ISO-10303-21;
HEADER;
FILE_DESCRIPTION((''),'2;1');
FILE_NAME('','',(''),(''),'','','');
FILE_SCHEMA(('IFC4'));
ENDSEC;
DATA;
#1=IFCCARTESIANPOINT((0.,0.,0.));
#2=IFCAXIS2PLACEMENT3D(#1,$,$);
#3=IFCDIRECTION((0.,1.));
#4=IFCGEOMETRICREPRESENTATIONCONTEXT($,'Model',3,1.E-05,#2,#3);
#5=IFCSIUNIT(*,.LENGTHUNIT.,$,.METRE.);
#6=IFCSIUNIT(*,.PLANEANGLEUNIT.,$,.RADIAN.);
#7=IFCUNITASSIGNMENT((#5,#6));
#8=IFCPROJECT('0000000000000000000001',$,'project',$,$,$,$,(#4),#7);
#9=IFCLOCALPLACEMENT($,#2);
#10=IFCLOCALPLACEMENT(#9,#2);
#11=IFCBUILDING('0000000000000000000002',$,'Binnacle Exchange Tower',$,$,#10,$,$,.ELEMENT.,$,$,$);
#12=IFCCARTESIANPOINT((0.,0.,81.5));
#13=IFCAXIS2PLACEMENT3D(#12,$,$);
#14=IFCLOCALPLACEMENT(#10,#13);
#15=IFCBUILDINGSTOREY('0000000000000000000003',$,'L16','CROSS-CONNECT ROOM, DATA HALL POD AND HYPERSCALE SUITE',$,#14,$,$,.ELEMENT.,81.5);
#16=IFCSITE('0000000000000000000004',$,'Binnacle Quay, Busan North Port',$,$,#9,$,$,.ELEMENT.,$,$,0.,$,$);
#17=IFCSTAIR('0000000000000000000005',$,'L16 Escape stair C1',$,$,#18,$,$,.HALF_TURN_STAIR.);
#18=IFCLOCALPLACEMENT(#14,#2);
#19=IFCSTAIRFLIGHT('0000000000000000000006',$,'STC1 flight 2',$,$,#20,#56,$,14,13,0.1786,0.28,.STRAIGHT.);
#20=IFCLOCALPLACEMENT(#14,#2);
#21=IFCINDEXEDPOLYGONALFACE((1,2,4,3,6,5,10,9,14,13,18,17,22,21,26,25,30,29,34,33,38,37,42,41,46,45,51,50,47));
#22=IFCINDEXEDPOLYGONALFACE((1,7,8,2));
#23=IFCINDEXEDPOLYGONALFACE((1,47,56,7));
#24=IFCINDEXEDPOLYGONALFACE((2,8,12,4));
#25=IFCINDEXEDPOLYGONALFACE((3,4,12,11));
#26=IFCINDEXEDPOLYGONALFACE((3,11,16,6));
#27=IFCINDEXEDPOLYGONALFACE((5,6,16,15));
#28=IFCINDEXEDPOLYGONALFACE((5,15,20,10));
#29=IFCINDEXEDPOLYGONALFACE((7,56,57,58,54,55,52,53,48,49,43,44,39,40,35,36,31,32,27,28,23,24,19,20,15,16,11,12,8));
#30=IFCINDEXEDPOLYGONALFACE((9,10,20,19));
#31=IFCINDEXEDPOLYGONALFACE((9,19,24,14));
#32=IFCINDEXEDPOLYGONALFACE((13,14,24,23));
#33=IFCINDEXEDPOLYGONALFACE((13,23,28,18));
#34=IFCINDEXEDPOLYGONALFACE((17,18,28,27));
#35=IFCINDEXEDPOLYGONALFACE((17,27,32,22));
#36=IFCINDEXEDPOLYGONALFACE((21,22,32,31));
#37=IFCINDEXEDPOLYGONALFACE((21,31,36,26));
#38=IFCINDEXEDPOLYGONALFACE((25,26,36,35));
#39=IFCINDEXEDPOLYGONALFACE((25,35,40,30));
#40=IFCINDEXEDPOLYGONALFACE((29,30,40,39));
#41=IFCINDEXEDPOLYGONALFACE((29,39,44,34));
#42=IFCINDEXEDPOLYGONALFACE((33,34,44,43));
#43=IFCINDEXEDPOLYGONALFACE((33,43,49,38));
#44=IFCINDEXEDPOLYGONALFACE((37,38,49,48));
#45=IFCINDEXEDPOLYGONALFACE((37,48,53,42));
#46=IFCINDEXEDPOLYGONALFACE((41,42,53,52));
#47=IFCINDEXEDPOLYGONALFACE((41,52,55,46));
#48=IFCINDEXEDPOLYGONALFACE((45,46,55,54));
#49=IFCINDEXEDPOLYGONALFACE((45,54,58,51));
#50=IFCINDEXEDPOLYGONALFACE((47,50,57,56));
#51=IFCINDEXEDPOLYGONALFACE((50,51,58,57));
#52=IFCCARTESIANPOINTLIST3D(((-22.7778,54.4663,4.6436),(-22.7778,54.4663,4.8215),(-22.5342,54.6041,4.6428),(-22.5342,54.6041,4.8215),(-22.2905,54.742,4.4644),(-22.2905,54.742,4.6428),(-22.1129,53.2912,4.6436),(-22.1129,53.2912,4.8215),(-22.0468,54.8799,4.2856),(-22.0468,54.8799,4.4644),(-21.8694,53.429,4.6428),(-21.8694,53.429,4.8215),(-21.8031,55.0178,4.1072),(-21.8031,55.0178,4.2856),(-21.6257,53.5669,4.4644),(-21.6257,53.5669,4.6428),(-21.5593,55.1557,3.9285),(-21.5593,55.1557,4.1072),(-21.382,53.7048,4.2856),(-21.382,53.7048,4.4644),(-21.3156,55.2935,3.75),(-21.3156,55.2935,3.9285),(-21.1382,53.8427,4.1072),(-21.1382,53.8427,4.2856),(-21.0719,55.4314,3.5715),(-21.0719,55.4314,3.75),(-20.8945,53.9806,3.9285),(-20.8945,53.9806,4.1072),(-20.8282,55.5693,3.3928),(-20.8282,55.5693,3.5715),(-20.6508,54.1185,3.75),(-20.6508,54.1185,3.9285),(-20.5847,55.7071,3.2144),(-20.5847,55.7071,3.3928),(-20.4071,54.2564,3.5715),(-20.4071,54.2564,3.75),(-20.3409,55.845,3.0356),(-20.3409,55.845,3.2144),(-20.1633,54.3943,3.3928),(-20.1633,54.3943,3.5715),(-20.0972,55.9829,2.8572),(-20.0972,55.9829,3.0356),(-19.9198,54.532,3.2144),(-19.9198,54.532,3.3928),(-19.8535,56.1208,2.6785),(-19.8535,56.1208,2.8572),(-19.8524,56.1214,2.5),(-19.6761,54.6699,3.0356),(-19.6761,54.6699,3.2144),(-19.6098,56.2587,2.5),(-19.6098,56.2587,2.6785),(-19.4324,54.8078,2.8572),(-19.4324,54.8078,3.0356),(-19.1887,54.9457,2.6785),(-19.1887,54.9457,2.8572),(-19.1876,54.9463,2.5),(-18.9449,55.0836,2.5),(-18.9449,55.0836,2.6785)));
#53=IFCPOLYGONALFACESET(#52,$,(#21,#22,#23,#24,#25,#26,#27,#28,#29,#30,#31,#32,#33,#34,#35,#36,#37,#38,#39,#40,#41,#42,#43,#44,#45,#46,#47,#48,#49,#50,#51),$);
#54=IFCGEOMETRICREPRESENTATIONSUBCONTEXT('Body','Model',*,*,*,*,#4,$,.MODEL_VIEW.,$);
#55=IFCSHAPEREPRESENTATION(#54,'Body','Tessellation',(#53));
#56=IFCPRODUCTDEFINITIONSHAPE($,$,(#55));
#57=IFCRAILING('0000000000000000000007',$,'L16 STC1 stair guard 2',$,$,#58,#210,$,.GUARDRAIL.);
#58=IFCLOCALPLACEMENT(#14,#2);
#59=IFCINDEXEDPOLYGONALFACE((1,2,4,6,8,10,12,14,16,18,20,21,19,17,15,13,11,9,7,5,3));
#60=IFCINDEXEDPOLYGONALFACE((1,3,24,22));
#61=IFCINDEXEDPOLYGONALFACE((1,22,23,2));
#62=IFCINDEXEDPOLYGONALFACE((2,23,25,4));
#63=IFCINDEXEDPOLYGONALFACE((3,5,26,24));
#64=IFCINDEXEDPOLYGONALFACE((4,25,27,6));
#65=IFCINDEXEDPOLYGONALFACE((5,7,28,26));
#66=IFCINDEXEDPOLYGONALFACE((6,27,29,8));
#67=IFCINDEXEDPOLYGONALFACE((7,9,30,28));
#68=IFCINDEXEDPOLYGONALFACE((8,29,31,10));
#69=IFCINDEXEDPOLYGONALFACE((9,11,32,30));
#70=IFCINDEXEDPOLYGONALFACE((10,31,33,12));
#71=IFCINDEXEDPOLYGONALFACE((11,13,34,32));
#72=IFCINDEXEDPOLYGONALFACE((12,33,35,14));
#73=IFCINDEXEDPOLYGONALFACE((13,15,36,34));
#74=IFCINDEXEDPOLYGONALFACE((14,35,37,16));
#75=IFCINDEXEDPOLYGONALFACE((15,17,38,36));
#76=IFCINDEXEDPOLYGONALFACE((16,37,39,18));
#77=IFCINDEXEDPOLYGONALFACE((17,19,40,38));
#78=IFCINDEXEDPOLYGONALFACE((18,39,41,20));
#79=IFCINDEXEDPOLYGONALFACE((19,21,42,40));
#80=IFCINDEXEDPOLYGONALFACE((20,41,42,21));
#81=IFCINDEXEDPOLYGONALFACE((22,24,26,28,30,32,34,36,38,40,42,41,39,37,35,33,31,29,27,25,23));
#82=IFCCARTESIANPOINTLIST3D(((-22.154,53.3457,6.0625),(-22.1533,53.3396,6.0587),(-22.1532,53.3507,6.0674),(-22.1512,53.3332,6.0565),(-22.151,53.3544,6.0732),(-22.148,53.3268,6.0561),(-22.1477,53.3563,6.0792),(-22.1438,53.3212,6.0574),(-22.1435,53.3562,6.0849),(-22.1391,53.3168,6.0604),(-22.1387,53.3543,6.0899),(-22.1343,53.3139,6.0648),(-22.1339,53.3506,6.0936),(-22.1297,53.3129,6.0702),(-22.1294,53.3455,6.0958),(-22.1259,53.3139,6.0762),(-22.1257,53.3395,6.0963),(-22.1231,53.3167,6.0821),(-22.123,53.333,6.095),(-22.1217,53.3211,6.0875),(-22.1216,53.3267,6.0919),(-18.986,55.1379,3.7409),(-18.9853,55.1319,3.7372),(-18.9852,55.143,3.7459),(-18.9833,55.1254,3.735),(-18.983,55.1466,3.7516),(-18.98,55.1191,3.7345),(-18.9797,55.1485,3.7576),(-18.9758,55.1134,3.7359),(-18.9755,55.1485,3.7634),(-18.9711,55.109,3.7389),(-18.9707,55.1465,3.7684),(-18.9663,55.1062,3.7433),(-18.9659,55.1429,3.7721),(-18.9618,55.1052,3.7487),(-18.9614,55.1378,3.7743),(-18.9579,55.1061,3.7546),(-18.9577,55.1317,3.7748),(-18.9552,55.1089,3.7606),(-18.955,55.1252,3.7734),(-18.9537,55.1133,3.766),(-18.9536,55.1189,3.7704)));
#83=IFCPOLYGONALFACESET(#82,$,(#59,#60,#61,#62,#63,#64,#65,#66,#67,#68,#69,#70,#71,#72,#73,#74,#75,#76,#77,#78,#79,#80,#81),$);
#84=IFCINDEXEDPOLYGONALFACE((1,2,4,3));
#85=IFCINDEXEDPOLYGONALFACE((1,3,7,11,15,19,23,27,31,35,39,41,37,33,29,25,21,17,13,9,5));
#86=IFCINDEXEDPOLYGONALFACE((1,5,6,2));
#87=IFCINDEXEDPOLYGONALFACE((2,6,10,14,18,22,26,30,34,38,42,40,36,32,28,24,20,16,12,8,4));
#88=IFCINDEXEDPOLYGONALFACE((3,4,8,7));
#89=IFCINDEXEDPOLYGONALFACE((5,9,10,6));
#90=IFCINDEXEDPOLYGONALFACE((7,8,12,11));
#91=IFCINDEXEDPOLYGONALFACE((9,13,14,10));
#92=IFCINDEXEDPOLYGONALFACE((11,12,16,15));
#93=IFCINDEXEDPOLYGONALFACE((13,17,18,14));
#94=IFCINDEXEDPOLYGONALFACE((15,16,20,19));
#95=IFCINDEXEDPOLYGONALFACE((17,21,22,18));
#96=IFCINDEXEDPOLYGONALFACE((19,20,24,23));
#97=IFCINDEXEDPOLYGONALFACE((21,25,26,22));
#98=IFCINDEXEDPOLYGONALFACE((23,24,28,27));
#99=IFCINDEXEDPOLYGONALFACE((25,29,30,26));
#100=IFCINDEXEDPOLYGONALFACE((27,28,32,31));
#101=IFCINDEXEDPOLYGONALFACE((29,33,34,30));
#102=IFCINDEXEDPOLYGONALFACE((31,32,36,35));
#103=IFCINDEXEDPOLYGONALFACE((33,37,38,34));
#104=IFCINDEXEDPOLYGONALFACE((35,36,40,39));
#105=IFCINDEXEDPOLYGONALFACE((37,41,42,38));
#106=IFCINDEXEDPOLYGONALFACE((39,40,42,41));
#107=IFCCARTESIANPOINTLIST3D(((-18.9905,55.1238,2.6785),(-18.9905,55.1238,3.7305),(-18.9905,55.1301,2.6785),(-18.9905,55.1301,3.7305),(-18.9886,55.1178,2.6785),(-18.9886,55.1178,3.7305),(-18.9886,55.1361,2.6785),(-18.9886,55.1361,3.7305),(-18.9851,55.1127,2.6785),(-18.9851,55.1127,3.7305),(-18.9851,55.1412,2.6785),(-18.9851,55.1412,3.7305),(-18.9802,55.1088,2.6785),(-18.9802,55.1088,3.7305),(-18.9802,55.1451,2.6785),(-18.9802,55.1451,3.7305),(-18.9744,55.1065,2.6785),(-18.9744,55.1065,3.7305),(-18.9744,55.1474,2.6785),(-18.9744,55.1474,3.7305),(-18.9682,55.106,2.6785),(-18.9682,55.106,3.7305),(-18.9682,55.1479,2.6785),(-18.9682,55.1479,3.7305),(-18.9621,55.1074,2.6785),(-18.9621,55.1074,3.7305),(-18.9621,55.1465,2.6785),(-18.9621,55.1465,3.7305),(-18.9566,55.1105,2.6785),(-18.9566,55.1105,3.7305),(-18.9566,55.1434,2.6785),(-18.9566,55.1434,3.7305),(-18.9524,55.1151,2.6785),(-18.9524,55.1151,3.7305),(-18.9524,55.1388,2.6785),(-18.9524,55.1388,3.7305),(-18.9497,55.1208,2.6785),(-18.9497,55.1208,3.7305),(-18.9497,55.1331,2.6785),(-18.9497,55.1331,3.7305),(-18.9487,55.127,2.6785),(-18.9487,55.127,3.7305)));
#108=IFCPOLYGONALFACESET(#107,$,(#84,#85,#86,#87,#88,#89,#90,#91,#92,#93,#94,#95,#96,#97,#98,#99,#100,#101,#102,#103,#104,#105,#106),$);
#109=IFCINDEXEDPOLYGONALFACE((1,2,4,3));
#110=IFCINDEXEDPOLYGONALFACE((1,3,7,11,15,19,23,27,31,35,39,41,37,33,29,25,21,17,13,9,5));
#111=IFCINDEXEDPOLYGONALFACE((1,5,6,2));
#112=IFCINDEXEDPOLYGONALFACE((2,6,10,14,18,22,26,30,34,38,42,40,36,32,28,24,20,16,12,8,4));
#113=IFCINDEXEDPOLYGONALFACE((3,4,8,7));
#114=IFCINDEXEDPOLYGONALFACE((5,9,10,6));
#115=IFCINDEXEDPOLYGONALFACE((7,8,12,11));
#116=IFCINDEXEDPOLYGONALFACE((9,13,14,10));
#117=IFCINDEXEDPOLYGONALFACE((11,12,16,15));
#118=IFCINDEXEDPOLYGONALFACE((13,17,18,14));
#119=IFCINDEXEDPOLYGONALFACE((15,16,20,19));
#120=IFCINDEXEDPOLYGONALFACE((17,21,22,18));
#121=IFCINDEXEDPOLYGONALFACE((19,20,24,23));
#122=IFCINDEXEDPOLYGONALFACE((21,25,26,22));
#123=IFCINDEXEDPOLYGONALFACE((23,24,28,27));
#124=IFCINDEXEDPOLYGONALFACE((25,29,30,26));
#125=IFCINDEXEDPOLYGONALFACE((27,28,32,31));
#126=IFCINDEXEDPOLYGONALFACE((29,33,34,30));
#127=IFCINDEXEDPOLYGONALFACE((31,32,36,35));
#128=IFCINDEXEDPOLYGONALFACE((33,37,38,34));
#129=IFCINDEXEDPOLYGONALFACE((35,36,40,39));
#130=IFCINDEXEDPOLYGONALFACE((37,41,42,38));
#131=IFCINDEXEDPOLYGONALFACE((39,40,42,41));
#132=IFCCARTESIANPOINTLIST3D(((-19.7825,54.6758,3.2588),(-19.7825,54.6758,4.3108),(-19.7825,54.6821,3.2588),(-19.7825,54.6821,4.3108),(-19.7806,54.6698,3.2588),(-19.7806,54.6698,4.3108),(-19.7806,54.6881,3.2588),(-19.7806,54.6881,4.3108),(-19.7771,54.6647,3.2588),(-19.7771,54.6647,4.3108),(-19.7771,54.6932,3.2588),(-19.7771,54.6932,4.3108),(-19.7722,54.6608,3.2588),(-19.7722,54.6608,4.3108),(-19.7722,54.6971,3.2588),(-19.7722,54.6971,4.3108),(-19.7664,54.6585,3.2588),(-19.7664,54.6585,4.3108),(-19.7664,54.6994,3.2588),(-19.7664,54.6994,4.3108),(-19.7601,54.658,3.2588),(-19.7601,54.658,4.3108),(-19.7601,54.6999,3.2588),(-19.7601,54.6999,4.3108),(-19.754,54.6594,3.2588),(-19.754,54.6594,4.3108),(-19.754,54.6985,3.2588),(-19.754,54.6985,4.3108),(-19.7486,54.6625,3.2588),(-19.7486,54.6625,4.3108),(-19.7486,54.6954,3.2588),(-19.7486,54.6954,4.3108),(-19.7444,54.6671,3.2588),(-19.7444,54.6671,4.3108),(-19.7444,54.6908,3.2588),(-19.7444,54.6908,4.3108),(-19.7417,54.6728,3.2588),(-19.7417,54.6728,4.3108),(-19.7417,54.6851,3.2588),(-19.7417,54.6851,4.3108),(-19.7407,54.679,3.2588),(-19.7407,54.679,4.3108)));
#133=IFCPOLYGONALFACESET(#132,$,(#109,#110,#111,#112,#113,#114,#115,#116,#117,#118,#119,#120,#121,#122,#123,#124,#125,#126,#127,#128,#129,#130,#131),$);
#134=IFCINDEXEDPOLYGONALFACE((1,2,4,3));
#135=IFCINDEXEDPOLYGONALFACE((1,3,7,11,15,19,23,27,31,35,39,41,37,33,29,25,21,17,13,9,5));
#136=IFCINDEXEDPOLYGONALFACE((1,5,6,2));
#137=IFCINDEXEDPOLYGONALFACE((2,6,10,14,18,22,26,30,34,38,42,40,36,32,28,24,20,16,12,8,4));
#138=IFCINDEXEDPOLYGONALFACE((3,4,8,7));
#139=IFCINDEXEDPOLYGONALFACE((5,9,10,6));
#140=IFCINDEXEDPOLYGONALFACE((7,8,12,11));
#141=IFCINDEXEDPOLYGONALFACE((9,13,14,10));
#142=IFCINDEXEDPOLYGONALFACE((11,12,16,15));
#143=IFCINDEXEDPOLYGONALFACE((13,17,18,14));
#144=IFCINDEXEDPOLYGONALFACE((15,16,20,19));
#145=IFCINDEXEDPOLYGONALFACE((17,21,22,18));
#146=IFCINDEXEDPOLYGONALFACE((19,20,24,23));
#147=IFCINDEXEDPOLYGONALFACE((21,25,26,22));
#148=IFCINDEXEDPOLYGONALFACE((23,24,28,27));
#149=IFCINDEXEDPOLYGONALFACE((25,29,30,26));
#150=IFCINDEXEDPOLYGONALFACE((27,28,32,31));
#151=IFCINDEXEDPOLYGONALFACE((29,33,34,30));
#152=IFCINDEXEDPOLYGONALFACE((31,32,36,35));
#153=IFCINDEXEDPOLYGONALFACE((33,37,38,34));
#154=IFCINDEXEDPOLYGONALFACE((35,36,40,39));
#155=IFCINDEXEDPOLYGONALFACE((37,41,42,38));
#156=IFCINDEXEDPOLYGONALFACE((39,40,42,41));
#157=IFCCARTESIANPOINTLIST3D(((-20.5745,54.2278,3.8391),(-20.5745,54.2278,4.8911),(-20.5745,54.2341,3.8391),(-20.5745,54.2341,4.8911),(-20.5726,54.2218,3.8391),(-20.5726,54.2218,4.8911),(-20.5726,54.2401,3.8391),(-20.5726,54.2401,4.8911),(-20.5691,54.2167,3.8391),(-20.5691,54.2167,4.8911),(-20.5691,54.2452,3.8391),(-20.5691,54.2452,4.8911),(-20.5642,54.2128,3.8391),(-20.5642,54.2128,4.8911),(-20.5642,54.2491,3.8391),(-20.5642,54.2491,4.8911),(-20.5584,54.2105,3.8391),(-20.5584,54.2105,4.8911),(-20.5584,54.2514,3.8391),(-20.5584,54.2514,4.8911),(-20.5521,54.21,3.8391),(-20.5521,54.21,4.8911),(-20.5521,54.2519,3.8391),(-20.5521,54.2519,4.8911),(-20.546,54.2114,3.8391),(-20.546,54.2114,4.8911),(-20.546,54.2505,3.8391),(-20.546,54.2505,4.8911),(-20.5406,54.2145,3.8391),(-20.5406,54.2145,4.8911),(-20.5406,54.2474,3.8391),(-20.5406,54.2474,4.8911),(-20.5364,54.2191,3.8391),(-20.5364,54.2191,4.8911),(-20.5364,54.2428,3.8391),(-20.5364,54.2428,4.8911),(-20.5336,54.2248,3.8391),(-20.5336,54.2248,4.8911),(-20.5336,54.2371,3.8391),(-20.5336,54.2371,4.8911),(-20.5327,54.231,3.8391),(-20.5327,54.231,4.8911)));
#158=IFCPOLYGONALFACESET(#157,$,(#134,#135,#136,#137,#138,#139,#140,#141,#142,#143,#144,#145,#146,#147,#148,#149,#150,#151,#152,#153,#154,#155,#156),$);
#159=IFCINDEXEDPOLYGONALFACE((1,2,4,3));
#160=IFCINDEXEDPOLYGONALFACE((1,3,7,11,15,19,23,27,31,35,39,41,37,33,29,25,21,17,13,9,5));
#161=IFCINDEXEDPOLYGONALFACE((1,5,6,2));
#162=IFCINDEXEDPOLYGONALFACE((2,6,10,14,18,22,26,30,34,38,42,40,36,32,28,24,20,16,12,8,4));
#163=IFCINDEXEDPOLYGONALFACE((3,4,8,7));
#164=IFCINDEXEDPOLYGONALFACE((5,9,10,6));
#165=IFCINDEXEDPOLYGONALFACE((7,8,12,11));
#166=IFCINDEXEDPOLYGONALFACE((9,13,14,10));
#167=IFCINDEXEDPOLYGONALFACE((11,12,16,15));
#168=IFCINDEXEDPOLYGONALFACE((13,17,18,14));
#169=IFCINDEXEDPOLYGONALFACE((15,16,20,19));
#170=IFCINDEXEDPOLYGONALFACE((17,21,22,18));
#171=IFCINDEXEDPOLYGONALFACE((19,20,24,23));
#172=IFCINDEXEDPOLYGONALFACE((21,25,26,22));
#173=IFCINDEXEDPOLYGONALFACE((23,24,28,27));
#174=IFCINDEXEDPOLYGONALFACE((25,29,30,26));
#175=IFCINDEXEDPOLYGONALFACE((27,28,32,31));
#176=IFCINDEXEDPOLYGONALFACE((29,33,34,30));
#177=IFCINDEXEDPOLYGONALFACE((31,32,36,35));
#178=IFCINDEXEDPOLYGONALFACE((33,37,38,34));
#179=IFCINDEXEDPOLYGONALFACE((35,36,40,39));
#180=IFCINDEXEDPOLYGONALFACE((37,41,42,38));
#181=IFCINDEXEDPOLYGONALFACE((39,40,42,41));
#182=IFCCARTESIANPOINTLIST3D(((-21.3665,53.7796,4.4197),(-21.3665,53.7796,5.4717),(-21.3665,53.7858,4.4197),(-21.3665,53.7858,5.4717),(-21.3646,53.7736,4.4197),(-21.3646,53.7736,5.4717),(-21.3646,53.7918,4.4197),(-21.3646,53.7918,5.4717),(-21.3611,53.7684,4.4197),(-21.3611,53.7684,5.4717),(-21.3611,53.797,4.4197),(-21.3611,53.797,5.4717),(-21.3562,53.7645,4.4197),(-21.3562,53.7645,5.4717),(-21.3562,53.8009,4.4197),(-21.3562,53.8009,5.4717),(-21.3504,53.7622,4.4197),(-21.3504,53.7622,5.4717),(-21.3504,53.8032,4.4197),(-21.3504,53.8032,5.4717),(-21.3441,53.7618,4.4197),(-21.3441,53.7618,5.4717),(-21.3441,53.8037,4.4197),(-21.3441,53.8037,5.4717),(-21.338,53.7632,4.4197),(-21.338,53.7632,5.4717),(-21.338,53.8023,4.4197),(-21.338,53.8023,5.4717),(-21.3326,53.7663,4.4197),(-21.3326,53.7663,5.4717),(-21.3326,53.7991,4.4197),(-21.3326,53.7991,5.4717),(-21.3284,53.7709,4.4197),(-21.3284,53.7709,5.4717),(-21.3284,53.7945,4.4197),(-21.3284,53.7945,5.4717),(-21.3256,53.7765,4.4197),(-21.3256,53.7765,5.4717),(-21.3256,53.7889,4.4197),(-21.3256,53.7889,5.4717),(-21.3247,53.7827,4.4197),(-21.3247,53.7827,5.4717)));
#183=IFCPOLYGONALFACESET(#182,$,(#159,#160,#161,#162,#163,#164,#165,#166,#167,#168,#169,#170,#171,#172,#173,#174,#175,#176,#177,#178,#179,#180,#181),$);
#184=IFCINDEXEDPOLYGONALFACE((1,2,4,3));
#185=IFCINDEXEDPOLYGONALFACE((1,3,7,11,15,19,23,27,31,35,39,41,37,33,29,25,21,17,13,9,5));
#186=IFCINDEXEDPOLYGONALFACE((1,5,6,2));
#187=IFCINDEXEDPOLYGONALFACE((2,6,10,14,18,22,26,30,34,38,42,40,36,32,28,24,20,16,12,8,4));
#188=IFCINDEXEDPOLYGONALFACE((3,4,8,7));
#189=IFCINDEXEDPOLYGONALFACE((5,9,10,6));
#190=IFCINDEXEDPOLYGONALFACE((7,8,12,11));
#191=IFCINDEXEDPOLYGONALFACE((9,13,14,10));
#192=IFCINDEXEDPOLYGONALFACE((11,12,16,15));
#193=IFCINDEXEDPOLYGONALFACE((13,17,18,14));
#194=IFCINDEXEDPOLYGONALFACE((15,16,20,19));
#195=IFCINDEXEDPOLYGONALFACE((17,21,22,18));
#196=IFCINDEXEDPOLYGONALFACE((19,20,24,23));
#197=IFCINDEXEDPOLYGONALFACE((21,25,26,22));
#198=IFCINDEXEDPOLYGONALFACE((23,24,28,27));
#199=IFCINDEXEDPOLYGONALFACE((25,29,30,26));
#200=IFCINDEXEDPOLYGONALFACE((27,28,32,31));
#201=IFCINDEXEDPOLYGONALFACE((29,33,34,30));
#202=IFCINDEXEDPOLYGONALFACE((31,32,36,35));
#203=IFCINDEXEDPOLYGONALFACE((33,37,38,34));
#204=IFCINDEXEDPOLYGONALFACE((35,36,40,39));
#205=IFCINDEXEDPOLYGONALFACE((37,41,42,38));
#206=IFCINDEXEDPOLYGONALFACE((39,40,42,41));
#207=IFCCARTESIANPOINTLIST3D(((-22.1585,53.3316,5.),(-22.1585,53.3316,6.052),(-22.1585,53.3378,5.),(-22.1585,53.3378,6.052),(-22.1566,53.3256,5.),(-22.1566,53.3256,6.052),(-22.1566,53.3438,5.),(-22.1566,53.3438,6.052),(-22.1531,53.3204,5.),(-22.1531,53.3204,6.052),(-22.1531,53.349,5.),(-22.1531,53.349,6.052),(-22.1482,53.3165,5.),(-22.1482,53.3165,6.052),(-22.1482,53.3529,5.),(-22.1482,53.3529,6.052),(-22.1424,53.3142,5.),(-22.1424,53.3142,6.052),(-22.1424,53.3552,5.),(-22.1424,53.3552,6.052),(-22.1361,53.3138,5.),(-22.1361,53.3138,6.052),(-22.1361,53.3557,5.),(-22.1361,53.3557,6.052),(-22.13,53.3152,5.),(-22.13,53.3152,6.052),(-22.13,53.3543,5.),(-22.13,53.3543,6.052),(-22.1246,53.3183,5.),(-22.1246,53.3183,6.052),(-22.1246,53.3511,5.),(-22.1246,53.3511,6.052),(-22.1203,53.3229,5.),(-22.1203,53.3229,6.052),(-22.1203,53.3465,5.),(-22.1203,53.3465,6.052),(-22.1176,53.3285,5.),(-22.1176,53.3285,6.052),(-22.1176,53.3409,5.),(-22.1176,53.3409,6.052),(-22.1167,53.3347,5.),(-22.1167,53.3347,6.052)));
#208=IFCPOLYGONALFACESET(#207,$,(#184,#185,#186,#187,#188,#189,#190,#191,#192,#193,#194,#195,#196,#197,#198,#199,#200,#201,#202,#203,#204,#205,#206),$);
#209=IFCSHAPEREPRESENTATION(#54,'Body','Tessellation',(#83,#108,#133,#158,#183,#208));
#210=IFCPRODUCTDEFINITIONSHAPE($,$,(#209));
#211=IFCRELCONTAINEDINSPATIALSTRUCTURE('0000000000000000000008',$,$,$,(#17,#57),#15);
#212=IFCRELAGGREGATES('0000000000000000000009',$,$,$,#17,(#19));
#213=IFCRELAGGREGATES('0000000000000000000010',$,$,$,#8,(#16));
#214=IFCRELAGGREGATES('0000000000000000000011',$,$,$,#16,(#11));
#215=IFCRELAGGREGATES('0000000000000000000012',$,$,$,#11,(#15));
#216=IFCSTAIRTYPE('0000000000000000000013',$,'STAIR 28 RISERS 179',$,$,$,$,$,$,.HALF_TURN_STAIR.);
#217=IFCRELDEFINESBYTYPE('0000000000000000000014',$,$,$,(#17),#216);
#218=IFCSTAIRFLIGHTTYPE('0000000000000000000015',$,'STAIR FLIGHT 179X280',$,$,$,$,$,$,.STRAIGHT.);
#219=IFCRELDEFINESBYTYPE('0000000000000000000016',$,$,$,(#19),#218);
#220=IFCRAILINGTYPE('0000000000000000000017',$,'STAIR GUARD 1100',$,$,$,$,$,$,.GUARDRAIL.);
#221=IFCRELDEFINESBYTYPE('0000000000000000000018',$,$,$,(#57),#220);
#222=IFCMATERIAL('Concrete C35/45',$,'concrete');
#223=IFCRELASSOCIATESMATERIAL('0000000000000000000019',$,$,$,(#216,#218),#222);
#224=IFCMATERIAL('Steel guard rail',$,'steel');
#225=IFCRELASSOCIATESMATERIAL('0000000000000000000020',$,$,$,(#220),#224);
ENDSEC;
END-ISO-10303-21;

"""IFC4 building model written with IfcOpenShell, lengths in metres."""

from ifc_helpers import new_model, si_unit, direction, frame, origin, origin_2d, place, context, subcontext, project, spatial, polyline, circle, outline, extrude, material, type_object, element, aggregate, save


model = new_model("IFC4")

# Units and contexts
model_context = context("Model", 3, precision=1e-05, world=origin(), true_north=direction((0.0, 1.0)))
body_context = subcontext(model_context, "Body", "Model", "MODEL_VIEW")
ifc_project = project(units=[si_unit("LENGTHUNIT", "METRE"), si_unit("PLANEANGLEUNIT", "RADIAN")], contexts=[model_context])

# Site, building, storey
site_placement = place(None, origin())
site = spatial("IfcSite", under=ifc_project, at=site_placement, Name="Binnacle Quay, Busan North Port", CompositionType="ELEMENT", RefElevation=0.0)
building_placement = place(site_placement, origin())
building = spatial("IfcBuilding", under=site, at=building_placement, Name="Binnacle Exchange Tower", CompositionType="ELEMENT")
storey_placement = place(building_placement, frame((0.0, 0.0, 81.5)))
storey = spatial("IfcBuildingStorey", under=building, at=storey_placement, Name="L16", Description="CROSS-CONNECT ROOM, DATA HALL POD AND HYPERSCALE SUITE", CompositionType="ELEMENT", Elevation=81.5)

# Stair, stair flight
ifc_material_1 = material(Name="Concrete C35/45", Category="concrete")
stair_type = type_object("IfcStairType", Name="STAIR 28 RISERS 179", PredefinedType="HALF_TURN_STAIR", material=ifc_material_1)
stair_placement = place(storey_placement, origin())
stair = element("IfcStair", 1, at=stair_placement, inside=storey, type_object=stair_type, Name="L16 Escape stair C1", PredefinedType="HALF_TURN_STAIR")
stair_flight_type = type_object("IfcStairFlightType", Name="STAIR FLIGHT 179X280", PredefinedType="STRAIGHT", material=ifc_material_1)
stair_flight_1_placement = place(storey_placement, frame((-19.2773, 55.6711, 2.5), z_axis=(0.0, 0.0, 1.0), x_axis=(-0.870356, -0.492424, 0.0)))
stair_flight_1 = element("IfcStairFlight", 2, at=stair_flight_1_placement, type_object=stair_flight_type, Name="STC1 flight 2", NumberOfRisers=14, NumberOfTreads=13, PredefinedType="STRAIGHT", RiserHeight=0.1786, TreadLength=0.28, context=body_context, shape_type="SweptSolid", body=[
    extrude(outline(polyline([(0.0, 0.0), (0.0, 0.1785), (0.28, 0.1785), (0.28, 0.3572), (0.5601, 0.3572), (0.5601, 0.5356), (0.8401, 0.5356), (0.8401, 0.7144), (1.1201, 0.7144), (1.1201, 0.8928), (1.3999, 0.8928), (1.3999, 1.0715), (1.6799, 1.0715), (1.6799, 1.25), (1.96, 1.25), (1.96, 1.4285), (2.24, 1.4285), (2.24, 1.6072), (2.52, 1.6072), (2.52, 1.7856), (2.8, 1.7856), (2.8, 1.9644), (3.0801, 1.9644), (3.0801, 2.1428), (3.3601, 2.1428), (3.3601, 2.3215), (3.6399, 2.3215), (3.6399, 2.5), (3.6399, 2.1436), (0.2788, 0.0), (0.0, 0.0)])), frame((0.0, 0.675, 0.0), z_axis=(0.0, -1.0, 0.0), x_axis=(1.0, 0.0, 0.0)), (0.0, 0.0, 1.0), 1.3501),
])
aggregate(stair, [stair_flight_1])

# Railing
ifc_material_2 = material(Name="Steel guard rail", Category="steel")
railing_type_1 = type_object("IfcRailingType", Name="STAIR GUARD 1100", PredefinedType="GUARDRAIL", material=ifc_material_2)
railing_1_placement = place(storey_placement, frame((-18.9697, 55.127, 2.6785)))
element("IfcRailing", 3, at=railing_1_placement, inside=storey, type_object=railing_type_1, Name="L16 STC1 stair guard 2", PredefinedType="GUARDRAIL", context=body_context, shape_type="SweptSolid", body=[
    extrude(circle(Radius=0.0239, at=origin_2d()), frame((0.0, 0.0, 1.0762), z_axis=(-0.733813, -0.415145, 0.537749), x_axis=(0.4924, -0.870369, 0.0)), (0.0, 0.0, 1.0), 4.3171),
    extrude(circle(Radius=0.021, at=origin_2d()), origin(), (0.0, 0.0, 1.0), 1.052),
    extrude(circle(Radius=0.021, at=origin_2d()), frame((-0.792, -0.448, 0.5803)), (0.0, 0.0, 1.0), 1.052),
    extrude(circle(Radius=0.021, at=origin_2d()), frame((-1.584, -0.896, 1.1606)), (0.0, 0.0, 1.0), 1.052),
    extrude(circle(Radius=0.021, at=origin_2d()), frame((-2.376, -1.3442, 1.7412)), (0.0, 0.0, 1.0), 1.052),
    extrude(circle(Radius=0.021, at=origin_2d()), frame((-3.168, -1.7922, 2.3215)), (0.0, 0.0, 1.0), 1.052),
])

save(model, "model.ifc")
